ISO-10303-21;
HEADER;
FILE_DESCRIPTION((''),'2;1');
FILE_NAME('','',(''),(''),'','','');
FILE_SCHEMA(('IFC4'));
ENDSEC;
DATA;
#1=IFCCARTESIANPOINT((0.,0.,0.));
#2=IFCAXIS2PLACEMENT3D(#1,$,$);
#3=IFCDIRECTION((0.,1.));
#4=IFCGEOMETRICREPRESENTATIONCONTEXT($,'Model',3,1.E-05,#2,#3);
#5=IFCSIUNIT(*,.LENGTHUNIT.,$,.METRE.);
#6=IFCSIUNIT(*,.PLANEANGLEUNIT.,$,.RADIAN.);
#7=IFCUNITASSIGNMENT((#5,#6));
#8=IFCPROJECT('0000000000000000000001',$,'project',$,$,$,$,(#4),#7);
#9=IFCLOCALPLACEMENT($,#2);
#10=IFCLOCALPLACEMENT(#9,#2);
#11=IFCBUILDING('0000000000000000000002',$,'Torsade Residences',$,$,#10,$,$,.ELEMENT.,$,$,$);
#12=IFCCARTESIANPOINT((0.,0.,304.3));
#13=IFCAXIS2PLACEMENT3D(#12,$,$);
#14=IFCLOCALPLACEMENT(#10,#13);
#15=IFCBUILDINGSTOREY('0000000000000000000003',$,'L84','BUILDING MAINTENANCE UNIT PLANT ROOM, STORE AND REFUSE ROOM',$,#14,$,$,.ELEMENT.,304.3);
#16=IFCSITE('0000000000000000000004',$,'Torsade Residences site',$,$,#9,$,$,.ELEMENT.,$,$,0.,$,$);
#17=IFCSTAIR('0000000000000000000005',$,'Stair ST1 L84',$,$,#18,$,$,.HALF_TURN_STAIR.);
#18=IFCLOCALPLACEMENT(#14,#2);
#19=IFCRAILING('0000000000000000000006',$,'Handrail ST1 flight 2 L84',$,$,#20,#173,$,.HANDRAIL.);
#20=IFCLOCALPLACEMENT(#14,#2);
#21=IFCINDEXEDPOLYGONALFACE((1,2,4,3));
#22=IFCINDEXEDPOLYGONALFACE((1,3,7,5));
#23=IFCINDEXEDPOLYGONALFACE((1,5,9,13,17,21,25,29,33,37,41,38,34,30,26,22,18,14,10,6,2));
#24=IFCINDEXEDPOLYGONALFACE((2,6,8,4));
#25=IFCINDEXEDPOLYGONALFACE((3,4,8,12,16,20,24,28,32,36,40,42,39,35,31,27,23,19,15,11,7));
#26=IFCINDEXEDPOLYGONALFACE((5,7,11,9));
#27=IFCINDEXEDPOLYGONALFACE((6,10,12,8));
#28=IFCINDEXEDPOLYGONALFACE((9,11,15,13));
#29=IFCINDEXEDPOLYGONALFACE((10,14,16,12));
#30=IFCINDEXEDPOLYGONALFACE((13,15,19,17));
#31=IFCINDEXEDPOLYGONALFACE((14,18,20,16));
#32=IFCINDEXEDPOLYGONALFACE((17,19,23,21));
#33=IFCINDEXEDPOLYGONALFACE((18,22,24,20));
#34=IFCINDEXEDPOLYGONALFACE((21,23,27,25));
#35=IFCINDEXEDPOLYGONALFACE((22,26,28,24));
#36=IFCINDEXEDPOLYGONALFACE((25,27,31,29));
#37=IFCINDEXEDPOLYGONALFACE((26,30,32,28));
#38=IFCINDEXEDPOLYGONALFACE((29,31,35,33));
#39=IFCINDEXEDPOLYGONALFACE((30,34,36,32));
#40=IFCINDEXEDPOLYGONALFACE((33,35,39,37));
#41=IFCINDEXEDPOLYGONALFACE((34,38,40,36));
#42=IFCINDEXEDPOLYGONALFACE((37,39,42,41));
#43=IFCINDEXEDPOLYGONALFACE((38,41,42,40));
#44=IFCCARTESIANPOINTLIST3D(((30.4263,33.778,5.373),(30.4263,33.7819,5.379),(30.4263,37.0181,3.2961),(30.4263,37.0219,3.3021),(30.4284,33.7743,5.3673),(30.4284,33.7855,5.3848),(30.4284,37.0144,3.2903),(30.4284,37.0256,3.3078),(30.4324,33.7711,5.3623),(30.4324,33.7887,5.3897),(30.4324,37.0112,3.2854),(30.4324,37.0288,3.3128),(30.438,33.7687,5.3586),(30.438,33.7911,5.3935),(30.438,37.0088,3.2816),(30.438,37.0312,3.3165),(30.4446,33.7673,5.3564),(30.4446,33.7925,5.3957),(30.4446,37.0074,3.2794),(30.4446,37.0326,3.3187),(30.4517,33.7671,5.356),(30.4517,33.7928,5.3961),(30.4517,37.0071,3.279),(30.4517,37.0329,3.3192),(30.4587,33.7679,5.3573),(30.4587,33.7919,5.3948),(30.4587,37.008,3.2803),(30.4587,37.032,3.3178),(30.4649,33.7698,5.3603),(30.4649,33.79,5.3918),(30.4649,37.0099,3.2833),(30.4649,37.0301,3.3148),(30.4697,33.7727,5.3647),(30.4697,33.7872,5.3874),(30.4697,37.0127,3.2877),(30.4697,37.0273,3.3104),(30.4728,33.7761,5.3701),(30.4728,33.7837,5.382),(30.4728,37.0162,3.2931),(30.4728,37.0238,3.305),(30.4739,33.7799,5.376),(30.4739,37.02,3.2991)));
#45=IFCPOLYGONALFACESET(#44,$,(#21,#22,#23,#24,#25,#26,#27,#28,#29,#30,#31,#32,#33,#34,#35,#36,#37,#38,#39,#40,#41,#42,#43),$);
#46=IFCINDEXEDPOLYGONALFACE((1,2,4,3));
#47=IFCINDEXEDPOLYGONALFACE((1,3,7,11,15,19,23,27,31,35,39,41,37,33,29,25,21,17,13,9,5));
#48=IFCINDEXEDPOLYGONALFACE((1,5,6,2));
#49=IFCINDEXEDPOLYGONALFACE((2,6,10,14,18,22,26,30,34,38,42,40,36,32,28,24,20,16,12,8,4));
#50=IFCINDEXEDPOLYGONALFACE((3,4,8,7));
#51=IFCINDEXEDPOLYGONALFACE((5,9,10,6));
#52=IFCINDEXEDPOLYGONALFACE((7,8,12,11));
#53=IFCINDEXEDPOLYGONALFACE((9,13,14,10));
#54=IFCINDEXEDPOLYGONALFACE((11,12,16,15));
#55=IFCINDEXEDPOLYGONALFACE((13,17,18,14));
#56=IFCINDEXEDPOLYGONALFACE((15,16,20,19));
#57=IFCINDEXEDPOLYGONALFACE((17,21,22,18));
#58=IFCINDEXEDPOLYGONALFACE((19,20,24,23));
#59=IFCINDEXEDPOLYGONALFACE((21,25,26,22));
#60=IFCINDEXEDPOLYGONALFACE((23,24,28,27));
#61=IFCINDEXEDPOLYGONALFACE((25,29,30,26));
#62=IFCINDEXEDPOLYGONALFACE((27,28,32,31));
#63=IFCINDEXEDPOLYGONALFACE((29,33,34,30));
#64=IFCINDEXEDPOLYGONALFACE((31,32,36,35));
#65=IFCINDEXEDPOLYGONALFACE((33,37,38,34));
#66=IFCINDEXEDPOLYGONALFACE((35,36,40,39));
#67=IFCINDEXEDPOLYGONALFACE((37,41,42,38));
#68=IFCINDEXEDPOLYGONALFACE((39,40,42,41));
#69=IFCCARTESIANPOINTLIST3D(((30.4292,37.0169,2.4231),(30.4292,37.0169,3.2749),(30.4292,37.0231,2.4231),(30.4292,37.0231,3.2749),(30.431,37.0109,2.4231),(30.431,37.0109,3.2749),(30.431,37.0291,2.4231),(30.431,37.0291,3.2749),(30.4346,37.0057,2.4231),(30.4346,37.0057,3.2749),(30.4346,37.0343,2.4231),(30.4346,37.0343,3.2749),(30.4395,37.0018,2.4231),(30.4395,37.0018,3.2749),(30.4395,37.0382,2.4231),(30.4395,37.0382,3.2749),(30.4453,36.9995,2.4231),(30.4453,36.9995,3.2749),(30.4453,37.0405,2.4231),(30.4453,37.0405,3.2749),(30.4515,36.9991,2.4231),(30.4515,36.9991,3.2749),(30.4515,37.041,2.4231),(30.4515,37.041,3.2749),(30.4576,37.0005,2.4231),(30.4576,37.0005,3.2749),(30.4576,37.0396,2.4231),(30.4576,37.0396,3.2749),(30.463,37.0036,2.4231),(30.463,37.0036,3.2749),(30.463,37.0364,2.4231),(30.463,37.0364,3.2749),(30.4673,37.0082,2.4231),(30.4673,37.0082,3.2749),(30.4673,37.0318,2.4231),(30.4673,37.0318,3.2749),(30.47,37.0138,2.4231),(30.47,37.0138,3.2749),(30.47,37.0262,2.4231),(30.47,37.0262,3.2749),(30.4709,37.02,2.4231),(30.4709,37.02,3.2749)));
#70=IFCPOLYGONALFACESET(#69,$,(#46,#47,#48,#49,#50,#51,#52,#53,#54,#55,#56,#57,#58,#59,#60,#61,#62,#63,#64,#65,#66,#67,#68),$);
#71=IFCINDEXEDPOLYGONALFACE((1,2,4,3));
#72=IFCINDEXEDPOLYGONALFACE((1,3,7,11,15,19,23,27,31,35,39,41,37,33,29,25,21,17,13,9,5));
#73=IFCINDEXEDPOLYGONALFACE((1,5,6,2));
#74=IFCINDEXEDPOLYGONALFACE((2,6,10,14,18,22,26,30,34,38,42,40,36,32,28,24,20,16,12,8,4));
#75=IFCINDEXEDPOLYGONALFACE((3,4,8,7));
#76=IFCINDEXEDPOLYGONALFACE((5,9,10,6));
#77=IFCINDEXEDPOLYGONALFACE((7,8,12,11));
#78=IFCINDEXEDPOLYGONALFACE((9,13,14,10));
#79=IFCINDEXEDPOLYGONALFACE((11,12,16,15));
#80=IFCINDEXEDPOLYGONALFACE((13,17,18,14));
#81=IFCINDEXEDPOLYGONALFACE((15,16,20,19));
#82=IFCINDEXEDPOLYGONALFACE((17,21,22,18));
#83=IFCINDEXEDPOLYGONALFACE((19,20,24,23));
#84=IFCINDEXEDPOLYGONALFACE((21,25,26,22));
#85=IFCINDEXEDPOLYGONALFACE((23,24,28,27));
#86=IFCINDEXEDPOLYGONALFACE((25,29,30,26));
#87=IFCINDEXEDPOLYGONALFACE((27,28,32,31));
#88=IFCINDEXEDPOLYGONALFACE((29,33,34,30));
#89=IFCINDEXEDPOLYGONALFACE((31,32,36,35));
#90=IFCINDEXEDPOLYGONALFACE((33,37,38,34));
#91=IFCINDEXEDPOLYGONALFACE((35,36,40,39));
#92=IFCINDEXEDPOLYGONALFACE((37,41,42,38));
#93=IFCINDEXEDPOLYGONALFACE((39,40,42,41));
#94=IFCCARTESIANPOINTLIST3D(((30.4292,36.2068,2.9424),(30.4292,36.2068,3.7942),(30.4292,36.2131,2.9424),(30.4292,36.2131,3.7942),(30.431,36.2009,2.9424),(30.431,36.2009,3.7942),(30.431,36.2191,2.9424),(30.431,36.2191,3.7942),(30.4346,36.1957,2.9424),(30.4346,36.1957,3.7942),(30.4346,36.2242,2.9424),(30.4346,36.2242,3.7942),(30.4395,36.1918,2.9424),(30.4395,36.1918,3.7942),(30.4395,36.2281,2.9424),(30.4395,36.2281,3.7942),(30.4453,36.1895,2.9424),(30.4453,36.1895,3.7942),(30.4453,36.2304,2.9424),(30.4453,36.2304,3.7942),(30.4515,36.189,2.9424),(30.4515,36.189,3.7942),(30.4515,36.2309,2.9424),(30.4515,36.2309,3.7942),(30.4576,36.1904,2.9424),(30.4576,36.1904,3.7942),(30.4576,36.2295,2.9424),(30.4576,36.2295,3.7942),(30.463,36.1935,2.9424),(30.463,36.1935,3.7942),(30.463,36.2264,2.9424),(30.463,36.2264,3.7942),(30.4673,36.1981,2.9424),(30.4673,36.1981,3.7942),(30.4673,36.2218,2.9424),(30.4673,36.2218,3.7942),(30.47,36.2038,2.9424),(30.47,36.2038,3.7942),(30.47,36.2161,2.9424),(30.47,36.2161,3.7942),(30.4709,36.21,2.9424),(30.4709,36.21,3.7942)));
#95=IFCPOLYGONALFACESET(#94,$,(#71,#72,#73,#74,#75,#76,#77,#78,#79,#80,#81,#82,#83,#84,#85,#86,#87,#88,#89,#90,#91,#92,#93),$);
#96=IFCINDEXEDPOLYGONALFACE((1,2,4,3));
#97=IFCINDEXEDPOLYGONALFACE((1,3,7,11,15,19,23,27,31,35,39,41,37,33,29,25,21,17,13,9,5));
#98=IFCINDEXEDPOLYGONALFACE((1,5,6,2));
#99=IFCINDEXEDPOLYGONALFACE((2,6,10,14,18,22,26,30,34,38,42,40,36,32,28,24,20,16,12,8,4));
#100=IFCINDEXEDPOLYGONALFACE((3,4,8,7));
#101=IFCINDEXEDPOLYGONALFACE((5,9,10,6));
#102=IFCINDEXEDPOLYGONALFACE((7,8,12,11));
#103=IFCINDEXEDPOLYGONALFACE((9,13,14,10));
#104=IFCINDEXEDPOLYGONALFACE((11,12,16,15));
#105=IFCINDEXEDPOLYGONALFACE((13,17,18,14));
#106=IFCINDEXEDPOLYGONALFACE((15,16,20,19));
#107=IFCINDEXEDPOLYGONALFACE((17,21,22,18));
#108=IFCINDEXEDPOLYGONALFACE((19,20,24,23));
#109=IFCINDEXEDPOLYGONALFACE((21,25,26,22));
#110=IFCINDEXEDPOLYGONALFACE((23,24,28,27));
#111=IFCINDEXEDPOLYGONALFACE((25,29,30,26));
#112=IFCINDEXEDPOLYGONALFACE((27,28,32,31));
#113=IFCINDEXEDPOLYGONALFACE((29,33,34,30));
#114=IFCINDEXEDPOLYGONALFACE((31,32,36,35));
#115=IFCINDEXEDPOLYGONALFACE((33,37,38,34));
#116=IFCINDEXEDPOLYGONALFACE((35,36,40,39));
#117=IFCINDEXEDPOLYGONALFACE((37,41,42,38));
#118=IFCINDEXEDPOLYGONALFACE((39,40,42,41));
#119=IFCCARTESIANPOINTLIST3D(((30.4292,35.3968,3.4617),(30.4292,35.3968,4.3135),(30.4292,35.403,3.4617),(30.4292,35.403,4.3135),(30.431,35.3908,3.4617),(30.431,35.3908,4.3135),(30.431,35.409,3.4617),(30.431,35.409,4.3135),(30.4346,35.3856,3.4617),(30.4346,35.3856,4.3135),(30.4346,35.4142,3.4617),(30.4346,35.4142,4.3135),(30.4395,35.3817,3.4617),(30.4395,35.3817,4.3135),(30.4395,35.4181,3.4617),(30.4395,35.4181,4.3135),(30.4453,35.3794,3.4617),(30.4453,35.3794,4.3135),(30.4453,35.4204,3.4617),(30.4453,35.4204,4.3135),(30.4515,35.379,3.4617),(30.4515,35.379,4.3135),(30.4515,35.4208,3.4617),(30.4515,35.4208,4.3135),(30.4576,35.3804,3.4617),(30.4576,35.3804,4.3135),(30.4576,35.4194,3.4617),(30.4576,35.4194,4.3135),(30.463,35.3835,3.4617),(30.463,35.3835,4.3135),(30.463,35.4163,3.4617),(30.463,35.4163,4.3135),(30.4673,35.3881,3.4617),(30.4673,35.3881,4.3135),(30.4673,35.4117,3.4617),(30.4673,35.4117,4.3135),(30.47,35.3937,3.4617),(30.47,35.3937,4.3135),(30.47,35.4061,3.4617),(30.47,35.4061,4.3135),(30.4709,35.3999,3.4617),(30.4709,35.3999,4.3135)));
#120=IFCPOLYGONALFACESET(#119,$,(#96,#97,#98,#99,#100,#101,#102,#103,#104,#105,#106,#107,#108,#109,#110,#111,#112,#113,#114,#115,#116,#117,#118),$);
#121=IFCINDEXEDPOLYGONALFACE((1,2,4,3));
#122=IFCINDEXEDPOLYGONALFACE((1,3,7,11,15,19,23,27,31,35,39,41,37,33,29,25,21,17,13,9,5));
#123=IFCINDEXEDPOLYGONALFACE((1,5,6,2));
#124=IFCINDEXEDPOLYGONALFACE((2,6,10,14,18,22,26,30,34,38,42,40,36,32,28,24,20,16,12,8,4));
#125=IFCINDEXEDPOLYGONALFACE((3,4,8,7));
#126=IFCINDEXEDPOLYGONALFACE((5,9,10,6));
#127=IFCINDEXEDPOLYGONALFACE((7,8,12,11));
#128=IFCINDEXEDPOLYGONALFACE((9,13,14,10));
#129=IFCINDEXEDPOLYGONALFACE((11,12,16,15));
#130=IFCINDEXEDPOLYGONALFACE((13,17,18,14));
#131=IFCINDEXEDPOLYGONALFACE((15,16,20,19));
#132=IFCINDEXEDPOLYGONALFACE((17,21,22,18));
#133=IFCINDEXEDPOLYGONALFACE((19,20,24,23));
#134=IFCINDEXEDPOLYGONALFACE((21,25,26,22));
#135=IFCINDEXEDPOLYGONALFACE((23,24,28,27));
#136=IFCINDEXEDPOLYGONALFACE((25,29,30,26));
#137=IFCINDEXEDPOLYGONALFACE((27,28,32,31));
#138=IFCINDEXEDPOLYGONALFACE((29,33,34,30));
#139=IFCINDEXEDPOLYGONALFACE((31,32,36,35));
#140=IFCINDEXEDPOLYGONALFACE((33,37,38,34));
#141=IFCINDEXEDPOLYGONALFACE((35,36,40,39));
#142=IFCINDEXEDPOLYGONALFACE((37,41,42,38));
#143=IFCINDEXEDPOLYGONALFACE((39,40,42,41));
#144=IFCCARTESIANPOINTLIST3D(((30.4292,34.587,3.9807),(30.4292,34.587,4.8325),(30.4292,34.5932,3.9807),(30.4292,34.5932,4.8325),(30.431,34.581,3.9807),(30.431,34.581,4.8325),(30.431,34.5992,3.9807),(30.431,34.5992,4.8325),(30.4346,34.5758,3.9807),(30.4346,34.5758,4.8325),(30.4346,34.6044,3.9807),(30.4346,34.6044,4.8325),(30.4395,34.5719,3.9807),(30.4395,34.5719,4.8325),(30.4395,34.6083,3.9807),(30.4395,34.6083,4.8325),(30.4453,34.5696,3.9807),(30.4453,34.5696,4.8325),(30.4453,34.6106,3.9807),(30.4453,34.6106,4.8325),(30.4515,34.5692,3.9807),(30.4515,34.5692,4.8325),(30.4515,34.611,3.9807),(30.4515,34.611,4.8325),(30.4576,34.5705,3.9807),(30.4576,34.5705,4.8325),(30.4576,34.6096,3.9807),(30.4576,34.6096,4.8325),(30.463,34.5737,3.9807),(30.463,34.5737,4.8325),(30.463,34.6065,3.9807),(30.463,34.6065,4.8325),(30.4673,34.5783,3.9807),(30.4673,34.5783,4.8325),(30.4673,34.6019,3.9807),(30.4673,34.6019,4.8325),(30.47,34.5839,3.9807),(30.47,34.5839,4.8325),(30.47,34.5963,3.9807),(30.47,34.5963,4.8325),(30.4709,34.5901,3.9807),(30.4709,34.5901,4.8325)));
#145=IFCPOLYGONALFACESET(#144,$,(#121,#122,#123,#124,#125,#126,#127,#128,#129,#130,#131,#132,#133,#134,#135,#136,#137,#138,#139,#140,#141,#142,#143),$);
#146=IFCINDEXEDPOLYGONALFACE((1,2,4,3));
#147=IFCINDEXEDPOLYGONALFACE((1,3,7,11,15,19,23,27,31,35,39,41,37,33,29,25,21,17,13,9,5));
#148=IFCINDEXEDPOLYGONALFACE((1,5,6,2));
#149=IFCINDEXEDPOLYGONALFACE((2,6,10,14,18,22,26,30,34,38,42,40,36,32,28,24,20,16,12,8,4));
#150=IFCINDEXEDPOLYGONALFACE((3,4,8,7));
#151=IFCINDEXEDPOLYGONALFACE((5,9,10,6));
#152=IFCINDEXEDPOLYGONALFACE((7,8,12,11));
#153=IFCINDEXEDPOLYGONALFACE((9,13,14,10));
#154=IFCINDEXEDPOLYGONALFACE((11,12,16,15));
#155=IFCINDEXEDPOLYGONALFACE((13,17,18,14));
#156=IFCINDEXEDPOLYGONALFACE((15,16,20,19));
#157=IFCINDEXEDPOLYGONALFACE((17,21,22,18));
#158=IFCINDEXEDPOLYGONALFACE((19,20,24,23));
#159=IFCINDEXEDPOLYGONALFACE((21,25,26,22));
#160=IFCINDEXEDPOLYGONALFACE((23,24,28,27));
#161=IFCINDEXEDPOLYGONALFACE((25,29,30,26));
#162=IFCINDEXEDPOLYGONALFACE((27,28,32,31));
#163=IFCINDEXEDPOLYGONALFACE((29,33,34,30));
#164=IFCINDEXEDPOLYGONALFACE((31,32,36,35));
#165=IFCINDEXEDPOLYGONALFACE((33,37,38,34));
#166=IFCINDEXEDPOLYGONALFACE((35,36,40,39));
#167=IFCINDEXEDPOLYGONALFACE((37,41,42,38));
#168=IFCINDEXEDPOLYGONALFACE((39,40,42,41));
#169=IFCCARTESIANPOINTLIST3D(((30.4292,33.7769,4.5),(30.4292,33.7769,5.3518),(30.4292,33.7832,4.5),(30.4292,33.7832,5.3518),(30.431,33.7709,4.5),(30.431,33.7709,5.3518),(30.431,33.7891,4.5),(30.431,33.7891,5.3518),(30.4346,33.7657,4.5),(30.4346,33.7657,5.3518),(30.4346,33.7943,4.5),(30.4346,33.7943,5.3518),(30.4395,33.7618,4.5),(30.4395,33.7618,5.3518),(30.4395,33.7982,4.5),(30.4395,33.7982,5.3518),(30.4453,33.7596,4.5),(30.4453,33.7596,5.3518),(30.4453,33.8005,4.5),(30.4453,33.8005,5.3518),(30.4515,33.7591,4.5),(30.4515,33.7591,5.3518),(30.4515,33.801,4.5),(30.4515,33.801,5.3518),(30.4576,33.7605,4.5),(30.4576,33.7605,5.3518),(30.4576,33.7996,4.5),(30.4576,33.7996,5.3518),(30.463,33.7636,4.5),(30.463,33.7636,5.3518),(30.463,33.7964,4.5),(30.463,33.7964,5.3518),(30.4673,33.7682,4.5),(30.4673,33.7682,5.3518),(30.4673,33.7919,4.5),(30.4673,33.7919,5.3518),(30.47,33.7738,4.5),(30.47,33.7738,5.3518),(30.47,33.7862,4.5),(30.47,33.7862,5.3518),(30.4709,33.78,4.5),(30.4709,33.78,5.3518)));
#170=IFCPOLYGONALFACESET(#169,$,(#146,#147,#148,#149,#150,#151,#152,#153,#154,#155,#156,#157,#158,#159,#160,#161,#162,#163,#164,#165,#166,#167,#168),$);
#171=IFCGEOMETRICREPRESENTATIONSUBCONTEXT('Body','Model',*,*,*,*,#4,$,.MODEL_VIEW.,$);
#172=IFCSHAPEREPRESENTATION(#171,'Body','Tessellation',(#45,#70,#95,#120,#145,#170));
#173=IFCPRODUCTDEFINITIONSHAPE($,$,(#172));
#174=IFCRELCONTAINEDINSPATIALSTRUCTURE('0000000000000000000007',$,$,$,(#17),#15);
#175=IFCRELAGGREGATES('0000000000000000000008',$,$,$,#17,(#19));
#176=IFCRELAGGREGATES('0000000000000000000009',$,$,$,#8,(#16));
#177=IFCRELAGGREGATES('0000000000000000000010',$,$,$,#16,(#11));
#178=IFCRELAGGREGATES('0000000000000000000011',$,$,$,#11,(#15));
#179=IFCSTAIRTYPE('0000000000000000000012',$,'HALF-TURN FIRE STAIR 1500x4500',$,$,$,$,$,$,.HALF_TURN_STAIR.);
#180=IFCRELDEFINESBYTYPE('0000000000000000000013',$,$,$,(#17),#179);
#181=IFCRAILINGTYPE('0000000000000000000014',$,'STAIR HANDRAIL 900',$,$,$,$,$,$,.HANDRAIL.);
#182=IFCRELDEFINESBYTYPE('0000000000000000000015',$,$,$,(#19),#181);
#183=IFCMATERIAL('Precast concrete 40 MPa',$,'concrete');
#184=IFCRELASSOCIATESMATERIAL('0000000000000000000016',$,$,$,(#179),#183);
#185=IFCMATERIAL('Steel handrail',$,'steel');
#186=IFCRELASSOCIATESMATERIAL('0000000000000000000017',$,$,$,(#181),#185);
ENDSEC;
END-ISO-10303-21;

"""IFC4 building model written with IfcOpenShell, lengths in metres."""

from ifc_helpers import new_model, si_unit, direction, frame, origin, origin_2d, place, context, subcontext, project, spatial, circle, extrude, material, type_object, element, aggregate, save


model = new_model("IFC4")

# Units and contexts
model_context = context("Model", 3, precision=1e-05, world=origin(), true_north=direction((0.0, 1.0)))
body_context = subcontext(model_context, "Body", "Model", "MODEL_VIEW")
ifc_project = project(units=[si_unit("LENGTHUNIT", "METRE"), si_unit("PLANEANGLEUNIT", "RADIAN")], contexts=[model_context])

# Site, building, storey
site_placement = place(None, origin())
site = spatial("IfcSite", under=ifc_project, at=site_placement, Name="Torsade Residences site", CompositionType="ELEMENT", RefElevation=0.0)
building_placement = place(site_placement, origin())
building = spatial("IfcBuilding", under=site, at=building_placement, Name="Torsade Residences", CompositionType="ELEMENT")
storey_placement = place(building_placement, frame((0.0, 0.0, 304.3)))
storey = spatial("IfcBuildingStorey", under=building, at=storey_placement, Name="L84", Description="BUILDING MAINTENANCE UNIT PLANT ROOM, STORE AND REFUSE ROOM", CompositionType="ELEMENT", Elevation=304.3)

# Stair, railing
ifc_material_1 = material(Name="Precast concrete 40 MPa", Category="concrete")
stair_type = type_object("IfcStairType", Name="HALF-TURN FIRE STAIR 1500x4500", PredefinedType="HALF_TURN_STAIR", material=ifc_material_1)
stair_placement = place(storey_placement, origin())
stair = element("IfcStair", 1, at=stair_placement, inside=storey, type_object=stair_type, Name="Stair ST1 L84", PredefinedType="HALF_TURN_STAIR")
ifc_material_2 = material(Name="Steel handrail", Category="steel")
railing_type = type_object("IfcRailingType", Name="STAIR HANDRAIL 900", PredefinedType="HANDRAIL", material=ifc_material_2)
railing_1_placement = place(storey_placement, frame((30.45, 37.02, 2.4231)))
railing_1 = element("IfcRailing", 2, at=railing_1_placement, type_object=railing_type, Name="Handrail ST1 flight 2 L84", PredefinedType="HANDRAIL", context=body_context, shape_type="SweptSolid", body=[
    extrude(circle(Radius=0.0239, at=origin_2d()), frame((0.0, 0.0, 0.876), z_axis=(0.0, -0.841881, 0.539664), x_axis=(1.0, 0.0, 0.0)), (0.0, 0.0, 1.0), 3.8486),
    extrude(circle(Radius=0.021, at=origin_2d()), origin(), (0.0, 0.0, 1.0), 0.8518),
    extrude(circle(Radius=0.021, at=origin_2d()), frame((0.0, -0.8101, 0.5193)), (0.0, 0.0, 1.0), 0.8518),
    extrude(circle(Radius=0.021, at=origin_2d()), frame((0.0, -1.6201, 1.0386)), (0.0, 0.0, 1.0), 0.8518),
    extrude(circle(Radius=0.021, at=origin_2d()), frame((0.0, -2.4299, 1.5576)), (0.0, 0.0, 1.0), 0.8518),
    extrude(circle(Radius=0.021, at=origin_2d()), frame((0.0, -3.24, 2.0769)), (0.0, 0.0, 1.0), 0.8518),
])
aggregate(stair, [railing_1])

save(model, "model.ifc")
